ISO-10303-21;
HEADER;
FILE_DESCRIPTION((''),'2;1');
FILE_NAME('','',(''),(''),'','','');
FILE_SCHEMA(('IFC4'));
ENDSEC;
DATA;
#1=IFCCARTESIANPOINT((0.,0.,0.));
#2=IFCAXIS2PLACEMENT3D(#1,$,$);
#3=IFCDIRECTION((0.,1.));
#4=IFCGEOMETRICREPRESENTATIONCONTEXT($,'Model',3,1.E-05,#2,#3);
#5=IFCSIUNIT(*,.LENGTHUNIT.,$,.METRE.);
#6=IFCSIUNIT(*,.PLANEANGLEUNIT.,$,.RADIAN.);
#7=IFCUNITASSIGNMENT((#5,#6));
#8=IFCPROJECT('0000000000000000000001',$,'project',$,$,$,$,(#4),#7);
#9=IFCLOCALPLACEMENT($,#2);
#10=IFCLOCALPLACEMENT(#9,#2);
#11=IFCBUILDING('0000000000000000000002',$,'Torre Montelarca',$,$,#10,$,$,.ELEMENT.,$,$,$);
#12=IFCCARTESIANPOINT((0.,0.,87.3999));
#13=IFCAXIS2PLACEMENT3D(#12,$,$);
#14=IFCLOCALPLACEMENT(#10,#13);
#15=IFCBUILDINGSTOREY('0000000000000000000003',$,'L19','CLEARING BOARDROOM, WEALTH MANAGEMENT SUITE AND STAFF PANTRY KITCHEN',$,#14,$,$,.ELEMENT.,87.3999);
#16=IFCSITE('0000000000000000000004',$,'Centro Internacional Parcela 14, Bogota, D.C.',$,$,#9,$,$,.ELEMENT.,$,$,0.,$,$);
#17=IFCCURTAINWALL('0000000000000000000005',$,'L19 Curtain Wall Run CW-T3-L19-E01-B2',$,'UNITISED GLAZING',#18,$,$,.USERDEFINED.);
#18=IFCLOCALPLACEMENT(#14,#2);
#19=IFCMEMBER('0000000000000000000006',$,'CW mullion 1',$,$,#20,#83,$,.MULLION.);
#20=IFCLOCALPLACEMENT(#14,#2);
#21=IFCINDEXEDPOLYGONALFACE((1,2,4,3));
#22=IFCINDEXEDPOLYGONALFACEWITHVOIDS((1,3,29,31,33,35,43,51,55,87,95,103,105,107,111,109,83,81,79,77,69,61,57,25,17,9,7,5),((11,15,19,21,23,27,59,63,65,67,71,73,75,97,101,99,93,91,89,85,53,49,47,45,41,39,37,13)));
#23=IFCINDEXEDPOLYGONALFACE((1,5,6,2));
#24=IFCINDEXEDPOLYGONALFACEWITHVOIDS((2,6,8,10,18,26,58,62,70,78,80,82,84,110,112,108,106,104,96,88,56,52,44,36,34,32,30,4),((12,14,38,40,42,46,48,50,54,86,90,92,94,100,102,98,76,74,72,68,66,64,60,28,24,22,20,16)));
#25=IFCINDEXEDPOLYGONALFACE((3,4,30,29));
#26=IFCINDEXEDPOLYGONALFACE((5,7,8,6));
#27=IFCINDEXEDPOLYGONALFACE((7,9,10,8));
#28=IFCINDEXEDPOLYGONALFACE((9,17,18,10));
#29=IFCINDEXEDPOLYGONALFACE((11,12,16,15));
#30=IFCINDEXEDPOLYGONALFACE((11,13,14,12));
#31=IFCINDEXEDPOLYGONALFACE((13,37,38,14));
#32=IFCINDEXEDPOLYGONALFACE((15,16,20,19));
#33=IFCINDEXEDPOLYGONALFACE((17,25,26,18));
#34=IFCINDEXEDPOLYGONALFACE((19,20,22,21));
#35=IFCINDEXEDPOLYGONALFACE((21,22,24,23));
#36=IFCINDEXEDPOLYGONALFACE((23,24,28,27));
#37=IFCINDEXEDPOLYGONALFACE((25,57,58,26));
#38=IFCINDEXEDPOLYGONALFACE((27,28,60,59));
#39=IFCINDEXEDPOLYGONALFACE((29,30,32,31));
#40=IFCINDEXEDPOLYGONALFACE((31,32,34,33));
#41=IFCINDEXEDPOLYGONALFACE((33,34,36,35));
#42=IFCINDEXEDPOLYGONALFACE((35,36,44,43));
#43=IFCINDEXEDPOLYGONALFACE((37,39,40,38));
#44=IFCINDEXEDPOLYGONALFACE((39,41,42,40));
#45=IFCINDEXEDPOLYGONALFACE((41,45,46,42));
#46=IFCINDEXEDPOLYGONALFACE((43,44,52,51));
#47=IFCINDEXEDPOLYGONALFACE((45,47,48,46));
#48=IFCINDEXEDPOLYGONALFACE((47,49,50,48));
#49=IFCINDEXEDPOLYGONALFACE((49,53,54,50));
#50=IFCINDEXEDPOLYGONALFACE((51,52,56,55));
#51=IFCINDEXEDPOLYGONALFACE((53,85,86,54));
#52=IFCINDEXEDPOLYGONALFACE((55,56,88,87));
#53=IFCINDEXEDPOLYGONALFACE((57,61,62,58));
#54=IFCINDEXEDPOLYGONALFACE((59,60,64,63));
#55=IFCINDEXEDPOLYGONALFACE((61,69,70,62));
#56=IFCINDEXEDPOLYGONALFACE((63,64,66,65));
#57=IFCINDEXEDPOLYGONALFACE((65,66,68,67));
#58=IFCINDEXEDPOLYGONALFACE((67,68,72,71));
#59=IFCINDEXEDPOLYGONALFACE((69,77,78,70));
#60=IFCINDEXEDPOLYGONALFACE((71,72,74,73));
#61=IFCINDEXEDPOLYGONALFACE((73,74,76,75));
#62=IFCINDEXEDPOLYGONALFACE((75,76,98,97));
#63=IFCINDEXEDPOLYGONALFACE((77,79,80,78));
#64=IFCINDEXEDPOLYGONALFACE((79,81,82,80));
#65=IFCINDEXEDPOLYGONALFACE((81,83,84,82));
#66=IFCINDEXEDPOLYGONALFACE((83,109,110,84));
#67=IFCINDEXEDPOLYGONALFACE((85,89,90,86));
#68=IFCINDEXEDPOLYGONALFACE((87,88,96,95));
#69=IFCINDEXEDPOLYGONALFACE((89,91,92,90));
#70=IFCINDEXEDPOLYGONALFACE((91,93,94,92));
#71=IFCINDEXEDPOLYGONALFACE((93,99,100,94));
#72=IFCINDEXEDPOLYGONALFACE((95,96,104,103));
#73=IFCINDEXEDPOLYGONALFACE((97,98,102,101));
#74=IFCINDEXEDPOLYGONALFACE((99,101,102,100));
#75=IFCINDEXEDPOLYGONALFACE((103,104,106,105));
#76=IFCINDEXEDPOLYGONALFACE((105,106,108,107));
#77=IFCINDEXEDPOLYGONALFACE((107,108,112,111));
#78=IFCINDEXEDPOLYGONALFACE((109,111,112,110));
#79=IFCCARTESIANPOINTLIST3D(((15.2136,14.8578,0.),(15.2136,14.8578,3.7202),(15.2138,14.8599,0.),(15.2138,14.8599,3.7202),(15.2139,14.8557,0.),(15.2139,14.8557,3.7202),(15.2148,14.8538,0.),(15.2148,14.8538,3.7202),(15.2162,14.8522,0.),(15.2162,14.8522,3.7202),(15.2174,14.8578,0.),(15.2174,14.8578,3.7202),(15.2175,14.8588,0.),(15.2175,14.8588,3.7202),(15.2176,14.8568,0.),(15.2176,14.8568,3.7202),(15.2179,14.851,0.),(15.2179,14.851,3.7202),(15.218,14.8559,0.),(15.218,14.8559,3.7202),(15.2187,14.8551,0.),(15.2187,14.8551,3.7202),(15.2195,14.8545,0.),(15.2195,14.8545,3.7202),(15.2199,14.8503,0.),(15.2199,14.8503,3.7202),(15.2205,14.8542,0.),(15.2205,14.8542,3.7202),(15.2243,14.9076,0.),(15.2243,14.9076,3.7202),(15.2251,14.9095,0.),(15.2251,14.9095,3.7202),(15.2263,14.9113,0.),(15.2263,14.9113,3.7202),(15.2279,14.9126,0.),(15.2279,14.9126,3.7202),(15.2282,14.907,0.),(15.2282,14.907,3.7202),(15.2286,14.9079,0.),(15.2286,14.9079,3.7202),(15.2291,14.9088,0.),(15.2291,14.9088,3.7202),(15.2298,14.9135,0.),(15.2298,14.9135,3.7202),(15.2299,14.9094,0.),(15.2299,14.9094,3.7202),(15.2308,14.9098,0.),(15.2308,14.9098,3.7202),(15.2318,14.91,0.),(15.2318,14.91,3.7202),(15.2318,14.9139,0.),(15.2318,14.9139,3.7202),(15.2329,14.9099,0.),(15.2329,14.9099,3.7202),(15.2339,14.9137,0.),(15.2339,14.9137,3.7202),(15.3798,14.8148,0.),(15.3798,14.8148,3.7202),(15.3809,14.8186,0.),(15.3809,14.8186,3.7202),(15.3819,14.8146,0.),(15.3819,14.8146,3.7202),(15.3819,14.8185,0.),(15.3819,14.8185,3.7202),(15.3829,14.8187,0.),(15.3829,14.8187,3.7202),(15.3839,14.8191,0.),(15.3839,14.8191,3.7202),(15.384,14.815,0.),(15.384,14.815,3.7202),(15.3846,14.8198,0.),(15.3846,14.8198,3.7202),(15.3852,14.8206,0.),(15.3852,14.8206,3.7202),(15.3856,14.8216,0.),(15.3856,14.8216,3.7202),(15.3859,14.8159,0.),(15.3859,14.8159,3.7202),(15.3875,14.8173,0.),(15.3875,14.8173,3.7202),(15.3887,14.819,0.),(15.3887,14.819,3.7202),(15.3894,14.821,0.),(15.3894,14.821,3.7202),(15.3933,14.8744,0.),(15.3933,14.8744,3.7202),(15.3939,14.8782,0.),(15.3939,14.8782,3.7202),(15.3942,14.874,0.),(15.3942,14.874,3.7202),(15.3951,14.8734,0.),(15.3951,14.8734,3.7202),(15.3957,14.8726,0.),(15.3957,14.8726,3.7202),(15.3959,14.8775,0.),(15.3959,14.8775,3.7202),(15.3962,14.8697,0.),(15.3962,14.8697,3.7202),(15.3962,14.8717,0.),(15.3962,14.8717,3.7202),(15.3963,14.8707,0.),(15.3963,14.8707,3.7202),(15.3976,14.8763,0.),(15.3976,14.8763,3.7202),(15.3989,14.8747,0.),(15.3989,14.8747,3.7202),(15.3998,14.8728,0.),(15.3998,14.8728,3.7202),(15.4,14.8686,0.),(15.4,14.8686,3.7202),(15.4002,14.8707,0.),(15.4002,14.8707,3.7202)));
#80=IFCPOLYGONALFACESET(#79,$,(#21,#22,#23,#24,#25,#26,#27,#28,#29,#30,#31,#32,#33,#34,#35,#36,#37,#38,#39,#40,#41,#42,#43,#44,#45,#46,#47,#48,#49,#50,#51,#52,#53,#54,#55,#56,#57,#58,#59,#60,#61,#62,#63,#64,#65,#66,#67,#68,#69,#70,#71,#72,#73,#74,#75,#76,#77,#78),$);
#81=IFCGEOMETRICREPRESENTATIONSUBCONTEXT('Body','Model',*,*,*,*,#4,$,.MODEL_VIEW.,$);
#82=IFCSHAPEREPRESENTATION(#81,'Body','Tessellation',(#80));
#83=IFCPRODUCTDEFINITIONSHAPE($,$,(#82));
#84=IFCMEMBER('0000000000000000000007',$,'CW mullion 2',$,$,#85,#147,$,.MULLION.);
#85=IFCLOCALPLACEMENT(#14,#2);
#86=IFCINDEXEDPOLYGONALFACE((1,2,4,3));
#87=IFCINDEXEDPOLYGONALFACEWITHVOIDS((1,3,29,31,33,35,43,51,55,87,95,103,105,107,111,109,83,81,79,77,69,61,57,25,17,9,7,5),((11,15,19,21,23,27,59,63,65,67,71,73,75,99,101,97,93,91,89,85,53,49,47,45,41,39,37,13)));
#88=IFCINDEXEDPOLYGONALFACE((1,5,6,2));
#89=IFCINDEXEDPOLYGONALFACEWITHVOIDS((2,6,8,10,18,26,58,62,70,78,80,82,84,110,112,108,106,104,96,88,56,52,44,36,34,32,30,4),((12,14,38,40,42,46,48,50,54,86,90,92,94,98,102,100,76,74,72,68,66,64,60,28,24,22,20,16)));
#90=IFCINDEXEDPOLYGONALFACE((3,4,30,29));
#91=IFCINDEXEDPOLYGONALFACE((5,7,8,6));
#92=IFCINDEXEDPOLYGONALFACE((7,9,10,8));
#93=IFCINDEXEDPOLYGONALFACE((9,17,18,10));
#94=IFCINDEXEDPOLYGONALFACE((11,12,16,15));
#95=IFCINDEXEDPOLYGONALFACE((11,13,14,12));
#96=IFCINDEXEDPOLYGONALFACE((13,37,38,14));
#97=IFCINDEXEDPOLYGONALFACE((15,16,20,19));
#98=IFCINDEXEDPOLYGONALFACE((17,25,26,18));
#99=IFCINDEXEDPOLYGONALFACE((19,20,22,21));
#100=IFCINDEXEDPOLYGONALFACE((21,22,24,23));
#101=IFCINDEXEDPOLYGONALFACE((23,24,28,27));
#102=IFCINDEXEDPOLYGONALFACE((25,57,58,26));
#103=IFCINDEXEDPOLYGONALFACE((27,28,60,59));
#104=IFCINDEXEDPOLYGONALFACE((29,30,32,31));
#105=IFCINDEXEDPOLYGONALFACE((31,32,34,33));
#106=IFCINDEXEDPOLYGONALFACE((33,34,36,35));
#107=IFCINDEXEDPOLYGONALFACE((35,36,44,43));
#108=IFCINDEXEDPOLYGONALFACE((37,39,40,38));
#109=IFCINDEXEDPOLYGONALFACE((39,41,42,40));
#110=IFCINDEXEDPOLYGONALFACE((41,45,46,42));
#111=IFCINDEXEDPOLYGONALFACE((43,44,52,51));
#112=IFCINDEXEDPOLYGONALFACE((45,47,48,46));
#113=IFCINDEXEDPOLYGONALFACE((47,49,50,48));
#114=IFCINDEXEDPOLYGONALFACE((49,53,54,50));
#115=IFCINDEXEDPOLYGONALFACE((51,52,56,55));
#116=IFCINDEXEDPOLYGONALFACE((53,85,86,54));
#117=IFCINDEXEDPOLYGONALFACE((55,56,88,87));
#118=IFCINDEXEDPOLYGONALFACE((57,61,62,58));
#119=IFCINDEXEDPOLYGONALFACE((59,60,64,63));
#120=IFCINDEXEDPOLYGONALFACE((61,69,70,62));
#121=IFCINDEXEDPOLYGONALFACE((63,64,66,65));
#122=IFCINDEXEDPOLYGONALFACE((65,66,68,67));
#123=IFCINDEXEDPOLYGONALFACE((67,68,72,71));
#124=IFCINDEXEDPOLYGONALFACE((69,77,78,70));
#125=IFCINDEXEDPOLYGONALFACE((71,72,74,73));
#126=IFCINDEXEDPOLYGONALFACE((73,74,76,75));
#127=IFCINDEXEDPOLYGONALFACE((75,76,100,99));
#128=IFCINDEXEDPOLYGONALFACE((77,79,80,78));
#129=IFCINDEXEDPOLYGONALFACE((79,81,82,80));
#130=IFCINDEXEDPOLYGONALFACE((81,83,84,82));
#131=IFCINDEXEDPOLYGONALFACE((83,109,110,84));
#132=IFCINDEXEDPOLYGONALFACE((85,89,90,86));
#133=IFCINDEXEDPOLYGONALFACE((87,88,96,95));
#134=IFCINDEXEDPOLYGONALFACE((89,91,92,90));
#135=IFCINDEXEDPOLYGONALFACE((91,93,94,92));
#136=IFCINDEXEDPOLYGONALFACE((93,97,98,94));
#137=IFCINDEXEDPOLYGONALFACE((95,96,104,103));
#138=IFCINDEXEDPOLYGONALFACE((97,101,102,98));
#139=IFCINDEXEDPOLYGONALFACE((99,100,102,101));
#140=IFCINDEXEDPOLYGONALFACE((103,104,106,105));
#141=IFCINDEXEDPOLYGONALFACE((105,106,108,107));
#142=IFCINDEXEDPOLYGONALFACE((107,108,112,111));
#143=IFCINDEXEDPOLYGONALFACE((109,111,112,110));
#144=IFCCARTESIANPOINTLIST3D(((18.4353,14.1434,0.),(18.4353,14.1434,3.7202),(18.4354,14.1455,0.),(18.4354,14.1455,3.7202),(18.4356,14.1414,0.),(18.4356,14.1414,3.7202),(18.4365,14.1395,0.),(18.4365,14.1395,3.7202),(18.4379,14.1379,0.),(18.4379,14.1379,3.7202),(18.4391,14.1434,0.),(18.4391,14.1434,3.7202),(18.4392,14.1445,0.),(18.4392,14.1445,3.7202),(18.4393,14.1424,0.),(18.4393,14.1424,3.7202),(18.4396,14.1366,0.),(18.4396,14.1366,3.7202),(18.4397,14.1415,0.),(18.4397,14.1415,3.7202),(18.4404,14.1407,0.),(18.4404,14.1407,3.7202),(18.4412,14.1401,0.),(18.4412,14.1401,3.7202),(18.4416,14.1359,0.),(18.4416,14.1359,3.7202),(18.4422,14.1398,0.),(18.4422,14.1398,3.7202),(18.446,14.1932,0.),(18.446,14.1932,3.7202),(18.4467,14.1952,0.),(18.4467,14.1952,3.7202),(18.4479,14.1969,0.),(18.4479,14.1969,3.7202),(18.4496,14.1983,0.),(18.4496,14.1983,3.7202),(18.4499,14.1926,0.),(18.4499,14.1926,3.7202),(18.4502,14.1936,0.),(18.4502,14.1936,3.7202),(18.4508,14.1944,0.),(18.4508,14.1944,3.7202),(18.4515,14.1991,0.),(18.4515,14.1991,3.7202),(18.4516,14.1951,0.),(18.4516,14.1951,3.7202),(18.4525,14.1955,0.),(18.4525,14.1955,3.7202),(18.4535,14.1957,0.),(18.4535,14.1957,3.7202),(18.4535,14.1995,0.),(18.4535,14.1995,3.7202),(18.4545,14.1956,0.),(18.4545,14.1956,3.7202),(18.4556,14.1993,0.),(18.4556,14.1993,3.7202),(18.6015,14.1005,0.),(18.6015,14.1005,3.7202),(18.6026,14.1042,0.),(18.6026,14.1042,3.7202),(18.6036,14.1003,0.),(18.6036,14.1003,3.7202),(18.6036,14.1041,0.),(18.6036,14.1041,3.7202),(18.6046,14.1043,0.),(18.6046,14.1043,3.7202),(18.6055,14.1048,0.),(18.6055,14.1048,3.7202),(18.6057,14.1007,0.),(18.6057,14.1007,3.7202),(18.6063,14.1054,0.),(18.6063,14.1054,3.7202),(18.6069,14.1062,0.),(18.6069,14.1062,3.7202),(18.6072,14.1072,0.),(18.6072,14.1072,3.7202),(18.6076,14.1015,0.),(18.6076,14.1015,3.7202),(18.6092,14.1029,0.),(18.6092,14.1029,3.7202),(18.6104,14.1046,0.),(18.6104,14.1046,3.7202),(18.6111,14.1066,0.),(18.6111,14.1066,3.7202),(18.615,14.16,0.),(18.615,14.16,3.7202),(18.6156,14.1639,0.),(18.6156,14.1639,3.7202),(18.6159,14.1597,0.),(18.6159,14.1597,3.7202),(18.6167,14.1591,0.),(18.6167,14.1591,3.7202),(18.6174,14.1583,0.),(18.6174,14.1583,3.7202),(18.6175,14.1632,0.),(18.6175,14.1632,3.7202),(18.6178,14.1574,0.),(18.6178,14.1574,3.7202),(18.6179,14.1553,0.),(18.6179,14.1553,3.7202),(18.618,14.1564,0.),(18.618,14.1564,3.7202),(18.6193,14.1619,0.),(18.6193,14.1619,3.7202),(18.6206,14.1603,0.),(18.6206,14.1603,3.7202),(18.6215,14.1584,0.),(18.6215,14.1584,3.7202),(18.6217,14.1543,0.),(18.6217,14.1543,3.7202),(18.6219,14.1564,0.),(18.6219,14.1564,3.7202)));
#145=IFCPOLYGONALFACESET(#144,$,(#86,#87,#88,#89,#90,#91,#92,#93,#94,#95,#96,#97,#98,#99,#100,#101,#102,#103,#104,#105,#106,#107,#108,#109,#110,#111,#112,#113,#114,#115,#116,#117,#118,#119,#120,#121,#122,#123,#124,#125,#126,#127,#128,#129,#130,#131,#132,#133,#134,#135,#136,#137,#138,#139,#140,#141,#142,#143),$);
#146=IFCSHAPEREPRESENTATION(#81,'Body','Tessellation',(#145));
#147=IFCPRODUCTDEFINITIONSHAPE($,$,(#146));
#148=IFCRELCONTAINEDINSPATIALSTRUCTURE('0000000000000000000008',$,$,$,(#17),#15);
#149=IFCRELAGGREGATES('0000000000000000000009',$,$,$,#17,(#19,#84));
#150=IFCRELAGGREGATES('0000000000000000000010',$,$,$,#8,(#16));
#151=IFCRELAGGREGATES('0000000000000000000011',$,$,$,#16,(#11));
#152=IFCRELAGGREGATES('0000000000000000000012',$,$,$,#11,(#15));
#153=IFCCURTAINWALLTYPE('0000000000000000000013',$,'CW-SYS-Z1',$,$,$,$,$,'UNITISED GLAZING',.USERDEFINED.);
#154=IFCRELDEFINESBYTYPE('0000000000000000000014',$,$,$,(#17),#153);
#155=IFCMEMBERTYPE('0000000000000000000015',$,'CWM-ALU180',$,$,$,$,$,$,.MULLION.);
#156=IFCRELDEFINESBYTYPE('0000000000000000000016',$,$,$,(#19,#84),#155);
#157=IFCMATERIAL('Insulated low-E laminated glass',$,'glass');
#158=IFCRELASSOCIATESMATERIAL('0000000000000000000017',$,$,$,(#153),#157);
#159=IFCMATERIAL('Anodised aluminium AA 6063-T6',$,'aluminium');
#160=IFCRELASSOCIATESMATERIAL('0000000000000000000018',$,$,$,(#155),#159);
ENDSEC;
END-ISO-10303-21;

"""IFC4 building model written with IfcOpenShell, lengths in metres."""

from ifc_helpers import new_model, si_unit, direction, frame, origin, origin_2d, place, context, subcontext, project, spatial, hollow_rectangle, extrude, source, transform, mapped, material, material_profile, profile_set, type_object, element, aggregate, save


model = new_model("IFC4")

# Units and contexts
model_context = context("Model", 3, precision=1e-05, world=origin(), true_north=direction((0.0, 1.0)))
body_context = subcontext(model_context, "Body", "Model", "MODEL_VIEW")
ifc_project = project(units=[si_unit("LENGTHUNIT", "METRE"), si_unit("PLANEANGLEUNIT", "RADIAN")], contexts=[model_context])

# Site, building, storey
site_placement = place(None, origin())
site = spatial("IfcSite", under=ifc_project, at=site_placement, Name="Centro Internacional Parcela 14, Bogota, D.C.", CompositionType="ELEMENT", RefElevation=0.0)
building_placement = place(site_placement, origin())
building = spatial("IfcBuilding", under=site, at=building_placement, Name="Torre Montelarca", CompositionType="ELEMENT")
storey_placement = place(building_placement, frame((0.0, 0.0, 87.3999)))
storey = spatial("IfcBuildingStorey", under=building, at=storey_placement, Name="L19", Description="CLEARING BOARDROOM, WEALTH MANAGEMENT SUITE AND STAFF PANTRY KITCHEN", CompositionType="ELEMENT", Elevation=87.3999)

# Curtain wall
ifc_material_1 = material(Name="Insulated low-E laminated glass", Category="glass")
curtain_wall_type = type_object("IfcCurtainWallType", Name="CW-SYS-Z1", ElementType="UNITISED GLAZING", PredefinedType="USERDEFINED", material=ifc_material_1)
ifc_material_2 = material(Name="Anodised aluminium AA 6063-T6", Category="aluminium")
curtain_wall_1_placement = place(storey_placement, origin())
curtain_wall_1 = element("IfcCurtainWall", 1, at=curtain_wall_1_placement, inside=storey, type_object=curtain_wall_type, Name="L19 Curtain Wall Run CW-T3-L19-E01-B2", ObjectType="UNITISED GLAZING", PredefinedType="USERDEFINED")

# Members
ifc_material_profile_1 = material_profile(ifc_material_2, hollow_rectangle(XDim=0.0649, YDim=0.1799, WallThickness=0.0039, InnerFilletRadius=0.0039, OuterFilletRadius=0.0081, at=origin_2d()), Name="ALU65X180X4", Category="aluminium")
ifc_profile_set_1 = profile_set([ifc_material_profile_1], Name="Anodised aluminium AA 6063-T6")
member_type_1 = type_object("IfcMemberType", Name="CWM-ALU180", PredefinedType="MULLION", material=ifc_profile_set_1)
shared_shape_1 = source(origin(), body_context, "Body", "SweptSolid", [
    extrude(hollow_rectangle(XDim=0.0649, YDim=0.1799, WallThickness=0.0039, InnerFilletRadius=0.0039, OuterFilletRadius=0.0081, at=origin_2d()), origin(), (0.0, 0.0, 1.0), 3.7202),
])
member_1_placement = place(storey_placement, frame((15.3069, 14.8643, 0.0), z_axis=(0.0, 0.0, 1.0), x_axis=(0.216441, 0.976296, 0.0)))
member_1 = element("IfcMember", 2, at=member_1_placement, type_object=member_type_1, Name="CW mullion 1", PredefinedType="MULLION", context=body_context, shape_type="MappedRepresentation", body=[
    mapped(shared_shape_1, transform((0.0, 0.0, 0.0), scale=1.0)),
])
member_2_placement = place(storey_placement, frame((18.5286, 14.1499, 0.0), z_axis=(0.0, 0.0, 1.0), x_axis=(0.216441, 0.976296, 0.0)))
member_2 = element("IfcMember", 3, at=member_2_placement, type_object=member_type_1, Name="CW mullion 2", PredefinedType="MULLION", context=body_context, shape_type="MappedRepresentation", body=[
    mapped(shared_shape_1, transform((0.0, 0.0, 0.0), scale=1.0)),
])

aggregate(curtain_wall_1, [member_1, member_2])

save(model, "model.ifc")
